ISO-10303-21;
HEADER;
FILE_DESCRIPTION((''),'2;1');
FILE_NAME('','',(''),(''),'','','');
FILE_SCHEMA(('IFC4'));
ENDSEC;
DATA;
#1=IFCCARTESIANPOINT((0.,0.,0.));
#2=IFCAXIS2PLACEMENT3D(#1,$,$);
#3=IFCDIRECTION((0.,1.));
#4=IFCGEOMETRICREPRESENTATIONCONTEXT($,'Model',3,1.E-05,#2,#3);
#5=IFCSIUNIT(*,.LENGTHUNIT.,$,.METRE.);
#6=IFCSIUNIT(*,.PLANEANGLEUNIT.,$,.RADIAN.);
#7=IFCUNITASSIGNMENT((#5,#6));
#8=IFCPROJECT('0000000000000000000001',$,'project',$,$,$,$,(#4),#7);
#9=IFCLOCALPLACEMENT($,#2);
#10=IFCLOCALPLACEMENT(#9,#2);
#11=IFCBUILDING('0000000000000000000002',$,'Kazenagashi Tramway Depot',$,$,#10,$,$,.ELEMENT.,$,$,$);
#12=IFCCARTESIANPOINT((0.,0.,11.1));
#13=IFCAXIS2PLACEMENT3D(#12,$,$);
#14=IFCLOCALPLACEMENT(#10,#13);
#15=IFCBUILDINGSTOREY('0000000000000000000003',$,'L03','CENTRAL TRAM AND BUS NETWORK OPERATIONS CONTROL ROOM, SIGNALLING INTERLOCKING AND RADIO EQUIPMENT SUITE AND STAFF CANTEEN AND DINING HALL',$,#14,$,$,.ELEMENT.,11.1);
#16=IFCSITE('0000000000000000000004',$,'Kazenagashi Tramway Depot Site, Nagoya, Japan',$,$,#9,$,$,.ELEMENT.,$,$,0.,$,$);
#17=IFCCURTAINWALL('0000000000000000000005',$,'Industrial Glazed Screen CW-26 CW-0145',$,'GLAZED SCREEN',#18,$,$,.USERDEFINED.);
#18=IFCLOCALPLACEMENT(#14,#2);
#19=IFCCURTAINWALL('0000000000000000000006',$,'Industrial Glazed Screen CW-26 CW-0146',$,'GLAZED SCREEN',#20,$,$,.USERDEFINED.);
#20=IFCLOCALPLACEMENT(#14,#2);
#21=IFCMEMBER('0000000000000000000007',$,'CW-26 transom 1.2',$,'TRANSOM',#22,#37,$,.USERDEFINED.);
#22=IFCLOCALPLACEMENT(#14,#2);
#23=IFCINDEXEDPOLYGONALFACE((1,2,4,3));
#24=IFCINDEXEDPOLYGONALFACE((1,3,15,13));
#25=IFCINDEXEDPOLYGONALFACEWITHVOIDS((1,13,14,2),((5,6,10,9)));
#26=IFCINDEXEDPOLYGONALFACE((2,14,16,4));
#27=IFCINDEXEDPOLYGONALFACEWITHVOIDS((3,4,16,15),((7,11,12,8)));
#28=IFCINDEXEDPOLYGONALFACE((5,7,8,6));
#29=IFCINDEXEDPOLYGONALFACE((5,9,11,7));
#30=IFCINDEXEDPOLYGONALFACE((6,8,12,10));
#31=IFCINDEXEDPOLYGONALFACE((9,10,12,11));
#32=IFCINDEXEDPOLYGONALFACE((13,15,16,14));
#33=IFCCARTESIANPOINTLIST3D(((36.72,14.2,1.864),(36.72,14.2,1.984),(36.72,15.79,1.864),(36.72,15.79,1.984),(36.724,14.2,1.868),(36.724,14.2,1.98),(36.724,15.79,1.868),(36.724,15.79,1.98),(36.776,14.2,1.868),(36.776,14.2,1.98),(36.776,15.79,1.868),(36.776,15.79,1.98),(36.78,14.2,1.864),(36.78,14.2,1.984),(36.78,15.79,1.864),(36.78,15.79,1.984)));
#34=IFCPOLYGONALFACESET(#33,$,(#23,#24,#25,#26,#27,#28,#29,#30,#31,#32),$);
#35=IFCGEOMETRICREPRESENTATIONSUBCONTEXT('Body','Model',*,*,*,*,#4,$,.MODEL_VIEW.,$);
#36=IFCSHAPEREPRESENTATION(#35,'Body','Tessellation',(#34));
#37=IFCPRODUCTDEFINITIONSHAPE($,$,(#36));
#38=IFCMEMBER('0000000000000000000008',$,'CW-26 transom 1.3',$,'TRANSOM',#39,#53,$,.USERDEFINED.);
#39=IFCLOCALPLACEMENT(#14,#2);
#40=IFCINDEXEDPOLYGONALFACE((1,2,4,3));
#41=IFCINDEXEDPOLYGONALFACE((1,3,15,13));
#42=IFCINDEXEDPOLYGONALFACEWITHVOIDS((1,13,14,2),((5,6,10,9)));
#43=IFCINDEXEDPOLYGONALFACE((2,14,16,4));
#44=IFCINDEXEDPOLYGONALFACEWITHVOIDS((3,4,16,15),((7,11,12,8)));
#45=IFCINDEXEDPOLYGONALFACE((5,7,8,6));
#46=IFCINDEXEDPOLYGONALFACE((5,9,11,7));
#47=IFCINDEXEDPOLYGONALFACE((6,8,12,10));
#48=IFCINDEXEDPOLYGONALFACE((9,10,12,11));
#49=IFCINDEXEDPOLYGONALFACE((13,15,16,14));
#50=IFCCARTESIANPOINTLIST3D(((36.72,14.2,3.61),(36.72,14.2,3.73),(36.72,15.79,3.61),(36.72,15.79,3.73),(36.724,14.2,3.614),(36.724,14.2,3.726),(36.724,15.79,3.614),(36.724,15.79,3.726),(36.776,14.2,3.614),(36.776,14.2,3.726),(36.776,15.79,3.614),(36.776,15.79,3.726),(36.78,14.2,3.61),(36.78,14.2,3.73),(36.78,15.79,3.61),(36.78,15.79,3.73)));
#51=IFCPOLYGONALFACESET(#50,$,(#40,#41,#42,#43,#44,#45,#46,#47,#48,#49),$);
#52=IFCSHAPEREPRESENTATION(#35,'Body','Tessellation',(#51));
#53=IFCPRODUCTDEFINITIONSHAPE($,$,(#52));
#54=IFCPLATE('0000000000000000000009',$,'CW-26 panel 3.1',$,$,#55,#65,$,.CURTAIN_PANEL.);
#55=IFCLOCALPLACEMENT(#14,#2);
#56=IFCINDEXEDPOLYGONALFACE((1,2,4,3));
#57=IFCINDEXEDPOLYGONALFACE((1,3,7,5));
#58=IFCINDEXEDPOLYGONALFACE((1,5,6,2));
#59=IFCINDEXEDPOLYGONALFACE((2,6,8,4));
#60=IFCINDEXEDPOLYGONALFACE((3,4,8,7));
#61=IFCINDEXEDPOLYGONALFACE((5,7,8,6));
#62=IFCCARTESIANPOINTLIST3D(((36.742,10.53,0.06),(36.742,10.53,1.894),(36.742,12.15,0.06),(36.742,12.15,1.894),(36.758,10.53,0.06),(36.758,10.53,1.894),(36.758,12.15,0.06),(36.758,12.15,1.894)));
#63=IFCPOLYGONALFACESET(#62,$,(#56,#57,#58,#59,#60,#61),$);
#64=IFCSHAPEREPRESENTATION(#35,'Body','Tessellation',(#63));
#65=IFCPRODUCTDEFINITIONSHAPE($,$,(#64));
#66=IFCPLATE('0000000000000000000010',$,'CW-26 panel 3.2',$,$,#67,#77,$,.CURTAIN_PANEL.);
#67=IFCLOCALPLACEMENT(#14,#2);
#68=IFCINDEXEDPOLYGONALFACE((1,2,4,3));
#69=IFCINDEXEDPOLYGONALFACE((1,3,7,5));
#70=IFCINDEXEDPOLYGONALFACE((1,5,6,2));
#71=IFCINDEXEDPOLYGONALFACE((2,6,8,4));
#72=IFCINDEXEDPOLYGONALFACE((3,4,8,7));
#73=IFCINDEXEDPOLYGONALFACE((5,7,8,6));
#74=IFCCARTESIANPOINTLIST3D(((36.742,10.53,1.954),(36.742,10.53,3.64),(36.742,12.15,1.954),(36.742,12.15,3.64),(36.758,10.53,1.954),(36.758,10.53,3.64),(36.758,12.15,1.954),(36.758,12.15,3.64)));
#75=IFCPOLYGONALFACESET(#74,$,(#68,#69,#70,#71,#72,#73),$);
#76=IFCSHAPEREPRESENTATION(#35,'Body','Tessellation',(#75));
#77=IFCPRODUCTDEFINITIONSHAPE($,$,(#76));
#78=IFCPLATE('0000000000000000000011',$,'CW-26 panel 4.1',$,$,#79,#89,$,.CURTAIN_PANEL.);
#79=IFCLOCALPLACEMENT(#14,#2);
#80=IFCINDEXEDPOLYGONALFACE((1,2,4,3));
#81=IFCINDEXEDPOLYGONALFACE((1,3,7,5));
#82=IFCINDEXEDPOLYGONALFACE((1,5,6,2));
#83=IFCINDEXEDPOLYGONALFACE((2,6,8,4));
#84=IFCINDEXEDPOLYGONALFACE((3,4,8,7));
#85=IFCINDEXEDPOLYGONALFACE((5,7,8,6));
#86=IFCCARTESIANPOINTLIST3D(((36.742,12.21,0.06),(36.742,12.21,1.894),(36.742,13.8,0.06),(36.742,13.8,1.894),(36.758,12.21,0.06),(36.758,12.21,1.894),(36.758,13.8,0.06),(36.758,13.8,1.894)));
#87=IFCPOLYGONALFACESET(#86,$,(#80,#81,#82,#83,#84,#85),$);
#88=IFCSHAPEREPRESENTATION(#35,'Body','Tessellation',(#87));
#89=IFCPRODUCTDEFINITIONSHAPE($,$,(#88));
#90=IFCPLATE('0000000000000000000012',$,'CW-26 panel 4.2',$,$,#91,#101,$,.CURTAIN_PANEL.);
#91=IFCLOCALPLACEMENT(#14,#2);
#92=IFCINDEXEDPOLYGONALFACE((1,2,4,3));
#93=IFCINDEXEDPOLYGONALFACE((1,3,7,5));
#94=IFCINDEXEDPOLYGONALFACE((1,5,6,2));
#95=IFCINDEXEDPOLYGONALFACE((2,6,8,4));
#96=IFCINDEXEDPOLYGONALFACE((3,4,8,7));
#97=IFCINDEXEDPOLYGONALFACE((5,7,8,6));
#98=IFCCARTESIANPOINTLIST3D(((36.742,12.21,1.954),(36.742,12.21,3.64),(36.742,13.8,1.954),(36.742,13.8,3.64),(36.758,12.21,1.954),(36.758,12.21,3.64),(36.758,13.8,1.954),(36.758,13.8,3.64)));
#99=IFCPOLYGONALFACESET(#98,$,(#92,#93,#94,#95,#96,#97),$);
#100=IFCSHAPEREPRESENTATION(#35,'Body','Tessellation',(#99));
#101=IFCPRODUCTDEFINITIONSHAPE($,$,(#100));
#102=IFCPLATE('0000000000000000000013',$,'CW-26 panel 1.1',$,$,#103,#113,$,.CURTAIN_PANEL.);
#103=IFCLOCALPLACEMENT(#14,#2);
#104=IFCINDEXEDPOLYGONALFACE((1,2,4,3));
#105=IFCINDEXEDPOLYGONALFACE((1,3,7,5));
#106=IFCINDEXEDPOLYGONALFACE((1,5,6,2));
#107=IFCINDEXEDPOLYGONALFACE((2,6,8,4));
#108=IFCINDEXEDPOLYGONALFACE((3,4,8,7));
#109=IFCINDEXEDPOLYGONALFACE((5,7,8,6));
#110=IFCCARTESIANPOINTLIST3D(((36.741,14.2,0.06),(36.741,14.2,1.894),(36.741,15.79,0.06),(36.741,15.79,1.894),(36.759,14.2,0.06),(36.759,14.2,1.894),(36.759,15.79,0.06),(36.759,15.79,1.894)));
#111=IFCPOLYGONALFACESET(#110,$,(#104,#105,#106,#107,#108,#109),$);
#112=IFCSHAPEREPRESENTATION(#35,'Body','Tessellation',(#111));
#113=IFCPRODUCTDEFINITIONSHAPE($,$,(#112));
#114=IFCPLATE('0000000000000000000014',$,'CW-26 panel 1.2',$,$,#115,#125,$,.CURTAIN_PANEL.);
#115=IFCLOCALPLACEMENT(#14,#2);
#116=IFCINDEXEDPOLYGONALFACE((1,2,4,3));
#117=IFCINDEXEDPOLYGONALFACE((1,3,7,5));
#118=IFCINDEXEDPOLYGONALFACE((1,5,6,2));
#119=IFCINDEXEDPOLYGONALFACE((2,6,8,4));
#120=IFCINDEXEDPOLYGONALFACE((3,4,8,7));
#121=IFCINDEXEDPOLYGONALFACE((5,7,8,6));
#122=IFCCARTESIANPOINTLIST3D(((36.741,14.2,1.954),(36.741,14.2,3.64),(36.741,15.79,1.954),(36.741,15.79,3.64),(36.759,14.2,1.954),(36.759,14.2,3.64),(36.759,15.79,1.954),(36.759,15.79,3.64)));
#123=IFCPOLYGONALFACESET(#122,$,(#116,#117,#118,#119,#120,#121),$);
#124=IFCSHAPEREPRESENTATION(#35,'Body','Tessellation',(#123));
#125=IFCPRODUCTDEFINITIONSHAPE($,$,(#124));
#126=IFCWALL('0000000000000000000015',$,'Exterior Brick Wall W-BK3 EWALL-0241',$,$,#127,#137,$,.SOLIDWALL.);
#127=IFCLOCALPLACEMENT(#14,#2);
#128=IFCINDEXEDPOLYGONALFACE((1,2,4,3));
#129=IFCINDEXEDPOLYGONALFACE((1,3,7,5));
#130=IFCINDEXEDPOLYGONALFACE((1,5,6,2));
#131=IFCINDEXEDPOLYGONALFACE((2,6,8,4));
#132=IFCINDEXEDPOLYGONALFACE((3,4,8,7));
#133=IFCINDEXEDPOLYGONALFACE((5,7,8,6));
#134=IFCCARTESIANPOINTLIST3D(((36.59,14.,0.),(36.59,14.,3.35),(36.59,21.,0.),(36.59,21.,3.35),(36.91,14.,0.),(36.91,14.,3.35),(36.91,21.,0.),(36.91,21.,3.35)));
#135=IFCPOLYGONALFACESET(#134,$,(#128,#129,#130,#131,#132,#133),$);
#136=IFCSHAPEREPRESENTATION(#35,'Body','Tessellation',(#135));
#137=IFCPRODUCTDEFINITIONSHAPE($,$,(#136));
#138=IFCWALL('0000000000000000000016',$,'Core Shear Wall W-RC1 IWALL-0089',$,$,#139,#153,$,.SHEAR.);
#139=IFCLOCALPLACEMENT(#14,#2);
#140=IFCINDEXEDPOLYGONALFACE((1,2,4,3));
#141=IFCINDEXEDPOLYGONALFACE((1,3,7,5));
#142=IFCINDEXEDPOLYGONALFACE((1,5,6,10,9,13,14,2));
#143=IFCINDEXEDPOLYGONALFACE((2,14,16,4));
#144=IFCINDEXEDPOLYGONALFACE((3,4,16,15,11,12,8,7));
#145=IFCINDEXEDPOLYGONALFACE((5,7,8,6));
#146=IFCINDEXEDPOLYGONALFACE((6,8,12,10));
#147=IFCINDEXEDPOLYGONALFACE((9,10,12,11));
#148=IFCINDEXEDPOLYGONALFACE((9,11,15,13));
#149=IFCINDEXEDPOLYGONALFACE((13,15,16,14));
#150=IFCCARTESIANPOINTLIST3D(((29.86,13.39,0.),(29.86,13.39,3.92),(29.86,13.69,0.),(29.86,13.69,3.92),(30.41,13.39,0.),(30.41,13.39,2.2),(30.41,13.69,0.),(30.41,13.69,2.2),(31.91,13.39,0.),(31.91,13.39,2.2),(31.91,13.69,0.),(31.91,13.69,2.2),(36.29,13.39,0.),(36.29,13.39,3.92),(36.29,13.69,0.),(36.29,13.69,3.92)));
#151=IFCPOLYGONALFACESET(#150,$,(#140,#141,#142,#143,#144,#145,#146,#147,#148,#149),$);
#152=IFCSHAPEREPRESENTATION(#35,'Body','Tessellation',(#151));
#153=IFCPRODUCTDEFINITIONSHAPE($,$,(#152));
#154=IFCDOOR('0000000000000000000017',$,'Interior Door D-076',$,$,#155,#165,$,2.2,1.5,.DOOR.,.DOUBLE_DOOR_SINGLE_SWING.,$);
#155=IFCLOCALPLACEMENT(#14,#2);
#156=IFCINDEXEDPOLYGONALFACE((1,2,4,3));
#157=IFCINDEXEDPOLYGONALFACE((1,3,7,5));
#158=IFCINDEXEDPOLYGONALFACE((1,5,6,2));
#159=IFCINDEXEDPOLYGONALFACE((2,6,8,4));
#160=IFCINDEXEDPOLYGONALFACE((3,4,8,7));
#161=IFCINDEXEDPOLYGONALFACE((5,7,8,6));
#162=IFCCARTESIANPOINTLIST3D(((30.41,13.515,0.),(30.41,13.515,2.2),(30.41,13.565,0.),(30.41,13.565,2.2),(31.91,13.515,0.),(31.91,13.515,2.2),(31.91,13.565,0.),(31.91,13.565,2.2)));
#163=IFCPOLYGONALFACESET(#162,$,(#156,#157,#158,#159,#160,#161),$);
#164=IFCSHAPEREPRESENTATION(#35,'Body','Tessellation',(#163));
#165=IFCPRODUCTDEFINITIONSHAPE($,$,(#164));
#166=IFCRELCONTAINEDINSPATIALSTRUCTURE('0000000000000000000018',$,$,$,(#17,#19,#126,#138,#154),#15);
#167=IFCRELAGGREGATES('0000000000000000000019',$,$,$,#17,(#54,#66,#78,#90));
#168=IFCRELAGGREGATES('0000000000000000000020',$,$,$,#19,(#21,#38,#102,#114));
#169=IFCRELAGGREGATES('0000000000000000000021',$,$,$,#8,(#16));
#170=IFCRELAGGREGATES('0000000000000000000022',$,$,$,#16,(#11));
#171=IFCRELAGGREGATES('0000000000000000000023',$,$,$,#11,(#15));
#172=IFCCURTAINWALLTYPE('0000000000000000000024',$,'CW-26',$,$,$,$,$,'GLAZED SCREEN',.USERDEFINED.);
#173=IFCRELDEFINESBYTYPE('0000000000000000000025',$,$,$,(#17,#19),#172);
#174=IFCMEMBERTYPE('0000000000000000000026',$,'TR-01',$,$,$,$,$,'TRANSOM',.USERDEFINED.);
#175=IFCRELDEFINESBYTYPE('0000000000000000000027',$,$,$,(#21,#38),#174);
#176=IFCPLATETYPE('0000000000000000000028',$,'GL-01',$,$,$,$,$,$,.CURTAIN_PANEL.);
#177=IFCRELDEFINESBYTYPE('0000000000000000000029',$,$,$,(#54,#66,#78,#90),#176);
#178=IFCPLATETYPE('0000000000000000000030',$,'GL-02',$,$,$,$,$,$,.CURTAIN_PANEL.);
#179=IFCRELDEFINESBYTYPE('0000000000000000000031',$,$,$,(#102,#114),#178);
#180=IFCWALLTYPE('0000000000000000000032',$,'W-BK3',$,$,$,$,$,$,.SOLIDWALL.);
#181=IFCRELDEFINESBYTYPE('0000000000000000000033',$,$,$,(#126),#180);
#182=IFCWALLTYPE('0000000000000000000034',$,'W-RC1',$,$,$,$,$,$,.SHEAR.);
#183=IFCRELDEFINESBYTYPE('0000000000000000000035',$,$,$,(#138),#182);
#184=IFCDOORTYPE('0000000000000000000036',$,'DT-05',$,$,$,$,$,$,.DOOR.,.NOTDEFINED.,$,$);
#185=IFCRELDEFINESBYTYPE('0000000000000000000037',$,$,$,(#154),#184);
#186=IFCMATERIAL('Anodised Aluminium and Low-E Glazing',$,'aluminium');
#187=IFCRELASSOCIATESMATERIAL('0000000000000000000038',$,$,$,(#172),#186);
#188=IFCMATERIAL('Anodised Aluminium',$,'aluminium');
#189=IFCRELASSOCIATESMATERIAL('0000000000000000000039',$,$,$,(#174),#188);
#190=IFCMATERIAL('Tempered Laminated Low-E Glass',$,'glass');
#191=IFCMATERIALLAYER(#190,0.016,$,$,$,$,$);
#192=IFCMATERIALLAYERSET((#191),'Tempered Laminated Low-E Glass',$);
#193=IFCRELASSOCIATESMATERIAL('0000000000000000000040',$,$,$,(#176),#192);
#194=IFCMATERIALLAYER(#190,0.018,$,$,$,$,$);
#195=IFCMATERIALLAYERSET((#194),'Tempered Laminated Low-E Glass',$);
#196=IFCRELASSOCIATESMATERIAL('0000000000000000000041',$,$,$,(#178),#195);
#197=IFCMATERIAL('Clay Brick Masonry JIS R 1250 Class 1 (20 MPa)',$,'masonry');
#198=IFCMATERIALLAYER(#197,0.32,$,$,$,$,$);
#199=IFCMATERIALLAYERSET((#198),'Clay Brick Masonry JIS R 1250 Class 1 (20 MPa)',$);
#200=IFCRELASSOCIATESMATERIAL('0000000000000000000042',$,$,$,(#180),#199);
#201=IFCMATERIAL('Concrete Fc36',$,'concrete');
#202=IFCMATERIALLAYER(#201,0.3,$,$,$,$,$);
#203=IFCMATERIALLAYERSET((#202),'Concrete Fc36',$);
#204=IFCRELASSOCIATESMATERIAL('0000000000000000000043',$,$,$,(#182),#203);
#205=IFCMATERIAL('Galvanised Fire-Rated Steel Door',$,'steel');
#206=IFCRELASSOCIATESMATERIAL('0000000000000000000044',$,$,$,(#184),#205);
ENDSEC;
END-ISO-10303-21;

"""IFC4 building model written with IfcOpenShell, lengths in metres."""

from ifc_helpers import new_model, si_unit, direction, frame, frame_2d, origin, origin_2d, place, context, subcontext, project, spatial, rectangle, hollow_rectangle, extrude, material, layer, layer_set, material_profile, profile_set, type_object, element, fill, aggregate, save


model = new_model("IFC4")

# Units and contexts
model_context = context("Model", 3, precision=1e-05, world=origin(), true_north=direction((0.0, 1.0)))
body_context = subcontext(model_context, "Body", "Model", "MODEL_VIEW")
ifc_project = project(units=[si_unit("LENGTHUNIT", "METRE"), si_unit("PLANEANGLEUNIT", "RADIAN")], contexts=[model_context])

# Site, building, storey
site_placement = place(None, origin())
site = spatial("IfcSite", under=ifc_project, at=site_placement, Name="Kazenagashi Tramway Depot Site, Nagoya, Japan", CompositionType="ELEMENT", RefElevation=0.0)
building_placement = place(site_placement, origin())
building = spatial("IfcBuilding", under=site, at=building_placement, Name="Kazenagashi Tramway Depot", CompositionType="ELEMENT")
storey_placement = place(building_placement, frame((0.0, 0.0, 11.1)))
storey = spatial("IfcBuildingStorey", under=building, at=storey_placement, Name="L03", Description="CENTRAL TRAM AND BUS NETWORK OPERATIONS CONTROL ROOM, SIGNALLING INTERLOCKING AND RADIO EQUIPMENT SUITE AND STAFF CANTEEN AND DINING HALL", CompositionType="ELEMENT", Elevation=11.1)

# Curtain walls
ifc_material_1 = material(Name="Anodised Aluminium and Low-E Glazing", Category="aluminium")
curtain_wall_type = type_object("IfcCurtainWallType", Name="CW-26", ElementType="GLAZED SCREEN", PredefinedType="USERDEFINED", material=ifc_material_1)
curtain_wall_1_placement = place(storey_placement, origin())
curtain_wall_1 = element("IfcCurtainWall", 1, at=curtain_wall_1_placement, inside=storey, type_object=curtain_wall_type, Name="Industrial Glazed Screen CW-26 CW-0145", ObjectType="GLAZED SCREEN", PredefinedType="USERDEFINED")
ifc_material_2 = material(Name="Anodised Aluminium", Category="aluminium")
curtain_wall_2_placement = place(storey_placement, origin())
curtain_wall_2 = element("IfcCurtainWall", 2, at=curtain_wall_2_placement, inside=storey, type_object=curtain_wall_type, Name="Industrial Glazed Screen CW-26 CW-0146", ObjectType="GLAZED SCREEN", PredefinedType="USERDEFINED")

# Members
ifc_material_profile_1 = material_profile(ifc_material_2, hollow_rectangle(XDim=0.06, YDim=0.12, WallThickness=0.004, at=origin_2d()), Name="RHS-120x60x4")
ifc_profile_set_1 = profile_set([ifc_material_profile_1], Name="Anodised Aluminium")
member_type_1 = type_object("IfcMemberType", Name="TR-01", ElementType="TRANSOM", PredefinedType="USERDEFINED", material=ifc_profile_set_1)
member_1_placement = place(storey_placement, frame((36.75, 14.2, 1.924), z_axis=(0.0, 1.0, 0.0), x_axis=(-1.0, 0.0, 0.0)))
member_1 = element("IfcMember", 3, at=member_1_placement, type_object=member_type_1, Name="CW-26 transom 1.2", ObjectType="TRANSOM", PredefinedType="USERDEFINED", context=body_context, shape_type="SweptSolid", body=[
    extrude(hollow_rectangle(XDim=0.06, YDim=0.12, WallThickness=0.004, at=origin_2d()), origin(), (0.0, 0.0, 1.0), 1.59),
])
member_2_placement = place(storey_placement, frame((36.75, 14.2, 3.67), z_axis=(0.0, 1.0, 0.0), x_axis=(-1.0, 0.0, 0.0)))
member_2 = element("IfcMember", 4, at=member_2_placement, type_object=member_type_1, Name="CW-26 transom 1.3", ObjectType="TRANSOM", PredefinedType="USERDEFINED", context=body_context, shape_type="SweptSolid", body=[
    extrude(hollow_rectangle(XDim=0.06, YDim=0.12, WallThickness=0.004, at=origin_2d()), origin(), (0.0, 0.0, 1.0), 1.59),
])

# Plates
ifc_material_3 = material(Name="Tempered Laminated Low-E Glass", Category="glass")
ifc_layer_1 = layer(ifc_material_3, 0.016)
ifc_layer_set_1 = layer_set([ifc_layer_1], Name="Tempered Laminated Low-E Glass")
plate_type_1 = type_object("IfcPlateType", Name="GL-01", PredefinedType="CURTAIN_PANEL", material=ifc_layer_set_1)
plate_1_placement = place(storey_placement, frame((36.75, 11.34, 0.06), z_axis=(0.0, 0.0, 1.0), x_axis=(0.0, 1.0, 0.0)))
plate_1 = element("IfcPlate", 5, at=plate_1_placement, type_object=plate_type_1, Name="CW-26 panel 3.1", PredefinedType="CURTAIN_PANEL", context=body_context, shape_type="SweptSolid", body=[
    extrude(rectangle(XDim=1.62, YDim=0.016, at=origin_2d()), origin(), (0.0, 0.0, 1.0), 1.834),
])
plate_2_placement = place(storey_placement, frame((36.75, 11.34, 1.954), z_axis=(0.0, 0.0, 1.0), x_axis=(0.0, 1.0, 0.0)))
plate_2 = element("IfcPlate", 6, at=plate_2_placement, type_object=plate_type_1, Name="CW-26 panel 3.2", PredefinedType="CURTAIN_PANEL", context=body_context, shape_type="SweptSolid", body=[
    extrude(rectangle(XDim=1.62, YDim=0.016, at=origin_2d()), origin(), (0.0, 0.0, 1.0), 1.686),
])
plate_3_placement = place(storey_placement, frame((36.75, 13.005, 0.06), z_axis=(0.0, 0.0, 1.0), x_axis=(0.0, 1.0, 0.0)))
plate_3 = element("IfcPlate", 7, at=plate_3_placement, type_object=plate_type_1, Name="CW-26 panel 4.1", PredefinedType="CURTAIN_PANEL", context=body_context, shape_type="SweptSolid", body=[
    extrude(rectangle(XDim=1.59, YDim=0.016, at=origin_2d()), origin(), (0.0, 0.0, 1.0), 1.834),
])
plate_4_placement = place(storey_placement, frame((36.75, 13.005, 1.954), z_axis=(0.0, 0.0, 1.0), x_axis=(0.0, 1.0, 0.0)))
plate_4 = element("IfcPlate", 8, at=plate_4_placement, type_object=plate_type_1, Name="CW-26 panel 4.2", PredefinedType="CURTAIN_PANEL", context=body_context, shape_type="SweptSolid", body=[
    extrude(rectangle(XDim=1.59, YDim=0.016, at=origin_2d()), origin(), (0.0, 0.0, 1.0), 1.686),
])
aggregate(curtain_wall_1, [plate_1, plate_2, plate_3, plate_4])
ifc_layer_2 = layer(ifc_material_3, 0.018)
ifc_layer_set_2 = layer_set([ifc_layer_2], Name="Tempered Laminated Low-E Glass")
plate_type_2 = type_object("IfcPlateType", Name="GL-02", PredefinedType="CURTAIN_PANEL", material=ifc_layer_set_2)
plate_5_placement = place(storey_placement, frame((36.75, 14.995, 0.06), z_axis=(0.0, 0.0, 1.0), x_axis=(0.0, 1.0, 0.0)))
plate_5 = element("IfcPlate", 9, at=plate_5_placement, type_object=plate_type_2, Name="CW-26 panel 1.1", PredefinedType="CURTAIN_PANEL", context=body_context, shape_type="SweptSolid", body=[
    extrude(rectangle(XDim=1.59, YDim=0.018, at=origin_2d()), origin(), (0.0, 0.0, 1.0), 1.834),
])
plate_6_placement = place(storey_placement, frame((36.75, 14.995, 1.954), z_axis=(0.0, 0.0, 1.0), x_axis=(0.0, 1.0, 0.0)))
plate_6 = element("IfcPlate", 10, at=plate_6_placement, type_object=plate_type_2, Name="CW-26 panel 1.2", PredefinedType="CURTAIN_PANEL", context=body_context, shape_type="SweptSolid", body=[
    extrude(rectangle(XDim=1.59, YDim=0.018, at=origin_2d()), origin(), (0.0, 0.0, 1.0), 1.686),
])
aggregate(curtain_wall_2, [member_1, member_2, plate_5, plate_6])

# Wall
ifc_material_4 = material(Name="Clay Brick Masonry JIS R 1250 Class 1 (20 MPa)", Category="masonry")
ifc_layer_3 = layer(ifc_material_4, 0.32)
ifc_layer_set_3 = layer_set([ifc_layer_3], Name="Clay Brick Masonry JIS R 1250 Class 1 (20 MPa)")
wall_type_1 = type_object("IfcWallType", Name="W-BK3", PredefinedType="SOLIDWALL", material=ifc_layer_set_3)
wall_1_placement = place(storey_placement, frame((36.75, 14.0, 0.0), z_axis=(0.0, 0.0, 1.0), x_axis=(0.0, 1.0, 0.0)))
element("IfcWall", 11, at=wall_1_placement, inside=storey, type_object=wall_type_1, Name="Exterior Brick Wall W-BK3 EWALL-0241", PredefinedType="SOLIDWALL", context=body_context, shape_type="SweptSolid", body=[
    extrude(rectangle(XDim=7.0, YDim=0.32, at=frame_2d((3.5, 0.0))), origin(), (0.0, 0.0, 1.0), 3.35),
])

# Wall, opening, door
ifc_material_5 = material(Name="Concrete Fc36", Category="concrete")
ifc_layer_4 = layer(ifc_material_5, 0.3)
ifc_layer_set_4 = layer_set([ifc_layer_4], Name="Concrete Fc36")
wall_type_2 = type_object("IfcWallType", Name="W-RC1", PredefinedType="SHEAR", material=ifc_layer_set_4)
wall_2_placement = place(storey_placement, frame((29.86, 13.54, 0.0), z_axis=(0.0, 0.0, 1.0), x_axis=(1.0, 0.0, 0.0)))
wall_2 = element("IfcWall", 12, at=wall_2_placement, inside=storey, type_object=wall_type_2, Name="Core Shear Wall W-RC1 IWALL-0089", PredefinedType="SHEAR", context=body_context, shape_type="SweptSolid", body=[
    extrude(rectangle(XDim=6.43, YDim=0.3, at=frame_2d((3.215, 0.0))), origin(), (0.0, 0.0, 1.0), 3.92),
])
opening_1_placement = place(wall_2_placement, frame((0.55, 0.0, 0.0)))
opening_1 = element("IfcOpeningElement", 13, at=opening_1_placement, cuts=wall_2, PredefinedType="OPENING", context=body_context, shape_type="SweptSolid", body=[
    extrude(rectangle(XDim=1.5, YDim=2.2, at=frame_2d((0.75, 1.1))), frame((0.0, 0.16, 0.0), z_axis=(0.0, -1.0, 0.0), x_axis=(1.0, 0.0, 0.0)), (0.0, 0.0, 1.0), 0.32),
])
ifc_material_6 = material(Name="Galvanised Fire-Rated Steel Door", Category="steel")
door_type_1 = type_object("IfcDoorType", Name="DT-05", OperationType="NOTDEFINED", PredefinedType="DOOR", material=ifc_material_6)
door_1_placement = place(opening_1_placement, origin())
door_1 = element("IfcDoor", 14, at=door_1_placement, inside=storey, type_object=door_type_1, Name="Interior Door D-076", OperationType="DOUBLE_DOOR_SINGLE_SWING", OverallHeight=2.2, OverallWidth=1.5, PredefinedType="DOOR", context=body_context, shape_type="SweptSolid", body=[
    extrude(rectangle(XDim=1.5, YDim=2.2, at=frame_2d((0.75, 1.1))), frame((0.0, 0.025, 0.0), z_axis=(0.0, -1.0, 0.0), x_axis=(1.0, 0.0, 0.0)), (0.0, 0.0, 1.0), 0.05),
])
fill(opening_1, door_1)

save(model, "model.ifc")
